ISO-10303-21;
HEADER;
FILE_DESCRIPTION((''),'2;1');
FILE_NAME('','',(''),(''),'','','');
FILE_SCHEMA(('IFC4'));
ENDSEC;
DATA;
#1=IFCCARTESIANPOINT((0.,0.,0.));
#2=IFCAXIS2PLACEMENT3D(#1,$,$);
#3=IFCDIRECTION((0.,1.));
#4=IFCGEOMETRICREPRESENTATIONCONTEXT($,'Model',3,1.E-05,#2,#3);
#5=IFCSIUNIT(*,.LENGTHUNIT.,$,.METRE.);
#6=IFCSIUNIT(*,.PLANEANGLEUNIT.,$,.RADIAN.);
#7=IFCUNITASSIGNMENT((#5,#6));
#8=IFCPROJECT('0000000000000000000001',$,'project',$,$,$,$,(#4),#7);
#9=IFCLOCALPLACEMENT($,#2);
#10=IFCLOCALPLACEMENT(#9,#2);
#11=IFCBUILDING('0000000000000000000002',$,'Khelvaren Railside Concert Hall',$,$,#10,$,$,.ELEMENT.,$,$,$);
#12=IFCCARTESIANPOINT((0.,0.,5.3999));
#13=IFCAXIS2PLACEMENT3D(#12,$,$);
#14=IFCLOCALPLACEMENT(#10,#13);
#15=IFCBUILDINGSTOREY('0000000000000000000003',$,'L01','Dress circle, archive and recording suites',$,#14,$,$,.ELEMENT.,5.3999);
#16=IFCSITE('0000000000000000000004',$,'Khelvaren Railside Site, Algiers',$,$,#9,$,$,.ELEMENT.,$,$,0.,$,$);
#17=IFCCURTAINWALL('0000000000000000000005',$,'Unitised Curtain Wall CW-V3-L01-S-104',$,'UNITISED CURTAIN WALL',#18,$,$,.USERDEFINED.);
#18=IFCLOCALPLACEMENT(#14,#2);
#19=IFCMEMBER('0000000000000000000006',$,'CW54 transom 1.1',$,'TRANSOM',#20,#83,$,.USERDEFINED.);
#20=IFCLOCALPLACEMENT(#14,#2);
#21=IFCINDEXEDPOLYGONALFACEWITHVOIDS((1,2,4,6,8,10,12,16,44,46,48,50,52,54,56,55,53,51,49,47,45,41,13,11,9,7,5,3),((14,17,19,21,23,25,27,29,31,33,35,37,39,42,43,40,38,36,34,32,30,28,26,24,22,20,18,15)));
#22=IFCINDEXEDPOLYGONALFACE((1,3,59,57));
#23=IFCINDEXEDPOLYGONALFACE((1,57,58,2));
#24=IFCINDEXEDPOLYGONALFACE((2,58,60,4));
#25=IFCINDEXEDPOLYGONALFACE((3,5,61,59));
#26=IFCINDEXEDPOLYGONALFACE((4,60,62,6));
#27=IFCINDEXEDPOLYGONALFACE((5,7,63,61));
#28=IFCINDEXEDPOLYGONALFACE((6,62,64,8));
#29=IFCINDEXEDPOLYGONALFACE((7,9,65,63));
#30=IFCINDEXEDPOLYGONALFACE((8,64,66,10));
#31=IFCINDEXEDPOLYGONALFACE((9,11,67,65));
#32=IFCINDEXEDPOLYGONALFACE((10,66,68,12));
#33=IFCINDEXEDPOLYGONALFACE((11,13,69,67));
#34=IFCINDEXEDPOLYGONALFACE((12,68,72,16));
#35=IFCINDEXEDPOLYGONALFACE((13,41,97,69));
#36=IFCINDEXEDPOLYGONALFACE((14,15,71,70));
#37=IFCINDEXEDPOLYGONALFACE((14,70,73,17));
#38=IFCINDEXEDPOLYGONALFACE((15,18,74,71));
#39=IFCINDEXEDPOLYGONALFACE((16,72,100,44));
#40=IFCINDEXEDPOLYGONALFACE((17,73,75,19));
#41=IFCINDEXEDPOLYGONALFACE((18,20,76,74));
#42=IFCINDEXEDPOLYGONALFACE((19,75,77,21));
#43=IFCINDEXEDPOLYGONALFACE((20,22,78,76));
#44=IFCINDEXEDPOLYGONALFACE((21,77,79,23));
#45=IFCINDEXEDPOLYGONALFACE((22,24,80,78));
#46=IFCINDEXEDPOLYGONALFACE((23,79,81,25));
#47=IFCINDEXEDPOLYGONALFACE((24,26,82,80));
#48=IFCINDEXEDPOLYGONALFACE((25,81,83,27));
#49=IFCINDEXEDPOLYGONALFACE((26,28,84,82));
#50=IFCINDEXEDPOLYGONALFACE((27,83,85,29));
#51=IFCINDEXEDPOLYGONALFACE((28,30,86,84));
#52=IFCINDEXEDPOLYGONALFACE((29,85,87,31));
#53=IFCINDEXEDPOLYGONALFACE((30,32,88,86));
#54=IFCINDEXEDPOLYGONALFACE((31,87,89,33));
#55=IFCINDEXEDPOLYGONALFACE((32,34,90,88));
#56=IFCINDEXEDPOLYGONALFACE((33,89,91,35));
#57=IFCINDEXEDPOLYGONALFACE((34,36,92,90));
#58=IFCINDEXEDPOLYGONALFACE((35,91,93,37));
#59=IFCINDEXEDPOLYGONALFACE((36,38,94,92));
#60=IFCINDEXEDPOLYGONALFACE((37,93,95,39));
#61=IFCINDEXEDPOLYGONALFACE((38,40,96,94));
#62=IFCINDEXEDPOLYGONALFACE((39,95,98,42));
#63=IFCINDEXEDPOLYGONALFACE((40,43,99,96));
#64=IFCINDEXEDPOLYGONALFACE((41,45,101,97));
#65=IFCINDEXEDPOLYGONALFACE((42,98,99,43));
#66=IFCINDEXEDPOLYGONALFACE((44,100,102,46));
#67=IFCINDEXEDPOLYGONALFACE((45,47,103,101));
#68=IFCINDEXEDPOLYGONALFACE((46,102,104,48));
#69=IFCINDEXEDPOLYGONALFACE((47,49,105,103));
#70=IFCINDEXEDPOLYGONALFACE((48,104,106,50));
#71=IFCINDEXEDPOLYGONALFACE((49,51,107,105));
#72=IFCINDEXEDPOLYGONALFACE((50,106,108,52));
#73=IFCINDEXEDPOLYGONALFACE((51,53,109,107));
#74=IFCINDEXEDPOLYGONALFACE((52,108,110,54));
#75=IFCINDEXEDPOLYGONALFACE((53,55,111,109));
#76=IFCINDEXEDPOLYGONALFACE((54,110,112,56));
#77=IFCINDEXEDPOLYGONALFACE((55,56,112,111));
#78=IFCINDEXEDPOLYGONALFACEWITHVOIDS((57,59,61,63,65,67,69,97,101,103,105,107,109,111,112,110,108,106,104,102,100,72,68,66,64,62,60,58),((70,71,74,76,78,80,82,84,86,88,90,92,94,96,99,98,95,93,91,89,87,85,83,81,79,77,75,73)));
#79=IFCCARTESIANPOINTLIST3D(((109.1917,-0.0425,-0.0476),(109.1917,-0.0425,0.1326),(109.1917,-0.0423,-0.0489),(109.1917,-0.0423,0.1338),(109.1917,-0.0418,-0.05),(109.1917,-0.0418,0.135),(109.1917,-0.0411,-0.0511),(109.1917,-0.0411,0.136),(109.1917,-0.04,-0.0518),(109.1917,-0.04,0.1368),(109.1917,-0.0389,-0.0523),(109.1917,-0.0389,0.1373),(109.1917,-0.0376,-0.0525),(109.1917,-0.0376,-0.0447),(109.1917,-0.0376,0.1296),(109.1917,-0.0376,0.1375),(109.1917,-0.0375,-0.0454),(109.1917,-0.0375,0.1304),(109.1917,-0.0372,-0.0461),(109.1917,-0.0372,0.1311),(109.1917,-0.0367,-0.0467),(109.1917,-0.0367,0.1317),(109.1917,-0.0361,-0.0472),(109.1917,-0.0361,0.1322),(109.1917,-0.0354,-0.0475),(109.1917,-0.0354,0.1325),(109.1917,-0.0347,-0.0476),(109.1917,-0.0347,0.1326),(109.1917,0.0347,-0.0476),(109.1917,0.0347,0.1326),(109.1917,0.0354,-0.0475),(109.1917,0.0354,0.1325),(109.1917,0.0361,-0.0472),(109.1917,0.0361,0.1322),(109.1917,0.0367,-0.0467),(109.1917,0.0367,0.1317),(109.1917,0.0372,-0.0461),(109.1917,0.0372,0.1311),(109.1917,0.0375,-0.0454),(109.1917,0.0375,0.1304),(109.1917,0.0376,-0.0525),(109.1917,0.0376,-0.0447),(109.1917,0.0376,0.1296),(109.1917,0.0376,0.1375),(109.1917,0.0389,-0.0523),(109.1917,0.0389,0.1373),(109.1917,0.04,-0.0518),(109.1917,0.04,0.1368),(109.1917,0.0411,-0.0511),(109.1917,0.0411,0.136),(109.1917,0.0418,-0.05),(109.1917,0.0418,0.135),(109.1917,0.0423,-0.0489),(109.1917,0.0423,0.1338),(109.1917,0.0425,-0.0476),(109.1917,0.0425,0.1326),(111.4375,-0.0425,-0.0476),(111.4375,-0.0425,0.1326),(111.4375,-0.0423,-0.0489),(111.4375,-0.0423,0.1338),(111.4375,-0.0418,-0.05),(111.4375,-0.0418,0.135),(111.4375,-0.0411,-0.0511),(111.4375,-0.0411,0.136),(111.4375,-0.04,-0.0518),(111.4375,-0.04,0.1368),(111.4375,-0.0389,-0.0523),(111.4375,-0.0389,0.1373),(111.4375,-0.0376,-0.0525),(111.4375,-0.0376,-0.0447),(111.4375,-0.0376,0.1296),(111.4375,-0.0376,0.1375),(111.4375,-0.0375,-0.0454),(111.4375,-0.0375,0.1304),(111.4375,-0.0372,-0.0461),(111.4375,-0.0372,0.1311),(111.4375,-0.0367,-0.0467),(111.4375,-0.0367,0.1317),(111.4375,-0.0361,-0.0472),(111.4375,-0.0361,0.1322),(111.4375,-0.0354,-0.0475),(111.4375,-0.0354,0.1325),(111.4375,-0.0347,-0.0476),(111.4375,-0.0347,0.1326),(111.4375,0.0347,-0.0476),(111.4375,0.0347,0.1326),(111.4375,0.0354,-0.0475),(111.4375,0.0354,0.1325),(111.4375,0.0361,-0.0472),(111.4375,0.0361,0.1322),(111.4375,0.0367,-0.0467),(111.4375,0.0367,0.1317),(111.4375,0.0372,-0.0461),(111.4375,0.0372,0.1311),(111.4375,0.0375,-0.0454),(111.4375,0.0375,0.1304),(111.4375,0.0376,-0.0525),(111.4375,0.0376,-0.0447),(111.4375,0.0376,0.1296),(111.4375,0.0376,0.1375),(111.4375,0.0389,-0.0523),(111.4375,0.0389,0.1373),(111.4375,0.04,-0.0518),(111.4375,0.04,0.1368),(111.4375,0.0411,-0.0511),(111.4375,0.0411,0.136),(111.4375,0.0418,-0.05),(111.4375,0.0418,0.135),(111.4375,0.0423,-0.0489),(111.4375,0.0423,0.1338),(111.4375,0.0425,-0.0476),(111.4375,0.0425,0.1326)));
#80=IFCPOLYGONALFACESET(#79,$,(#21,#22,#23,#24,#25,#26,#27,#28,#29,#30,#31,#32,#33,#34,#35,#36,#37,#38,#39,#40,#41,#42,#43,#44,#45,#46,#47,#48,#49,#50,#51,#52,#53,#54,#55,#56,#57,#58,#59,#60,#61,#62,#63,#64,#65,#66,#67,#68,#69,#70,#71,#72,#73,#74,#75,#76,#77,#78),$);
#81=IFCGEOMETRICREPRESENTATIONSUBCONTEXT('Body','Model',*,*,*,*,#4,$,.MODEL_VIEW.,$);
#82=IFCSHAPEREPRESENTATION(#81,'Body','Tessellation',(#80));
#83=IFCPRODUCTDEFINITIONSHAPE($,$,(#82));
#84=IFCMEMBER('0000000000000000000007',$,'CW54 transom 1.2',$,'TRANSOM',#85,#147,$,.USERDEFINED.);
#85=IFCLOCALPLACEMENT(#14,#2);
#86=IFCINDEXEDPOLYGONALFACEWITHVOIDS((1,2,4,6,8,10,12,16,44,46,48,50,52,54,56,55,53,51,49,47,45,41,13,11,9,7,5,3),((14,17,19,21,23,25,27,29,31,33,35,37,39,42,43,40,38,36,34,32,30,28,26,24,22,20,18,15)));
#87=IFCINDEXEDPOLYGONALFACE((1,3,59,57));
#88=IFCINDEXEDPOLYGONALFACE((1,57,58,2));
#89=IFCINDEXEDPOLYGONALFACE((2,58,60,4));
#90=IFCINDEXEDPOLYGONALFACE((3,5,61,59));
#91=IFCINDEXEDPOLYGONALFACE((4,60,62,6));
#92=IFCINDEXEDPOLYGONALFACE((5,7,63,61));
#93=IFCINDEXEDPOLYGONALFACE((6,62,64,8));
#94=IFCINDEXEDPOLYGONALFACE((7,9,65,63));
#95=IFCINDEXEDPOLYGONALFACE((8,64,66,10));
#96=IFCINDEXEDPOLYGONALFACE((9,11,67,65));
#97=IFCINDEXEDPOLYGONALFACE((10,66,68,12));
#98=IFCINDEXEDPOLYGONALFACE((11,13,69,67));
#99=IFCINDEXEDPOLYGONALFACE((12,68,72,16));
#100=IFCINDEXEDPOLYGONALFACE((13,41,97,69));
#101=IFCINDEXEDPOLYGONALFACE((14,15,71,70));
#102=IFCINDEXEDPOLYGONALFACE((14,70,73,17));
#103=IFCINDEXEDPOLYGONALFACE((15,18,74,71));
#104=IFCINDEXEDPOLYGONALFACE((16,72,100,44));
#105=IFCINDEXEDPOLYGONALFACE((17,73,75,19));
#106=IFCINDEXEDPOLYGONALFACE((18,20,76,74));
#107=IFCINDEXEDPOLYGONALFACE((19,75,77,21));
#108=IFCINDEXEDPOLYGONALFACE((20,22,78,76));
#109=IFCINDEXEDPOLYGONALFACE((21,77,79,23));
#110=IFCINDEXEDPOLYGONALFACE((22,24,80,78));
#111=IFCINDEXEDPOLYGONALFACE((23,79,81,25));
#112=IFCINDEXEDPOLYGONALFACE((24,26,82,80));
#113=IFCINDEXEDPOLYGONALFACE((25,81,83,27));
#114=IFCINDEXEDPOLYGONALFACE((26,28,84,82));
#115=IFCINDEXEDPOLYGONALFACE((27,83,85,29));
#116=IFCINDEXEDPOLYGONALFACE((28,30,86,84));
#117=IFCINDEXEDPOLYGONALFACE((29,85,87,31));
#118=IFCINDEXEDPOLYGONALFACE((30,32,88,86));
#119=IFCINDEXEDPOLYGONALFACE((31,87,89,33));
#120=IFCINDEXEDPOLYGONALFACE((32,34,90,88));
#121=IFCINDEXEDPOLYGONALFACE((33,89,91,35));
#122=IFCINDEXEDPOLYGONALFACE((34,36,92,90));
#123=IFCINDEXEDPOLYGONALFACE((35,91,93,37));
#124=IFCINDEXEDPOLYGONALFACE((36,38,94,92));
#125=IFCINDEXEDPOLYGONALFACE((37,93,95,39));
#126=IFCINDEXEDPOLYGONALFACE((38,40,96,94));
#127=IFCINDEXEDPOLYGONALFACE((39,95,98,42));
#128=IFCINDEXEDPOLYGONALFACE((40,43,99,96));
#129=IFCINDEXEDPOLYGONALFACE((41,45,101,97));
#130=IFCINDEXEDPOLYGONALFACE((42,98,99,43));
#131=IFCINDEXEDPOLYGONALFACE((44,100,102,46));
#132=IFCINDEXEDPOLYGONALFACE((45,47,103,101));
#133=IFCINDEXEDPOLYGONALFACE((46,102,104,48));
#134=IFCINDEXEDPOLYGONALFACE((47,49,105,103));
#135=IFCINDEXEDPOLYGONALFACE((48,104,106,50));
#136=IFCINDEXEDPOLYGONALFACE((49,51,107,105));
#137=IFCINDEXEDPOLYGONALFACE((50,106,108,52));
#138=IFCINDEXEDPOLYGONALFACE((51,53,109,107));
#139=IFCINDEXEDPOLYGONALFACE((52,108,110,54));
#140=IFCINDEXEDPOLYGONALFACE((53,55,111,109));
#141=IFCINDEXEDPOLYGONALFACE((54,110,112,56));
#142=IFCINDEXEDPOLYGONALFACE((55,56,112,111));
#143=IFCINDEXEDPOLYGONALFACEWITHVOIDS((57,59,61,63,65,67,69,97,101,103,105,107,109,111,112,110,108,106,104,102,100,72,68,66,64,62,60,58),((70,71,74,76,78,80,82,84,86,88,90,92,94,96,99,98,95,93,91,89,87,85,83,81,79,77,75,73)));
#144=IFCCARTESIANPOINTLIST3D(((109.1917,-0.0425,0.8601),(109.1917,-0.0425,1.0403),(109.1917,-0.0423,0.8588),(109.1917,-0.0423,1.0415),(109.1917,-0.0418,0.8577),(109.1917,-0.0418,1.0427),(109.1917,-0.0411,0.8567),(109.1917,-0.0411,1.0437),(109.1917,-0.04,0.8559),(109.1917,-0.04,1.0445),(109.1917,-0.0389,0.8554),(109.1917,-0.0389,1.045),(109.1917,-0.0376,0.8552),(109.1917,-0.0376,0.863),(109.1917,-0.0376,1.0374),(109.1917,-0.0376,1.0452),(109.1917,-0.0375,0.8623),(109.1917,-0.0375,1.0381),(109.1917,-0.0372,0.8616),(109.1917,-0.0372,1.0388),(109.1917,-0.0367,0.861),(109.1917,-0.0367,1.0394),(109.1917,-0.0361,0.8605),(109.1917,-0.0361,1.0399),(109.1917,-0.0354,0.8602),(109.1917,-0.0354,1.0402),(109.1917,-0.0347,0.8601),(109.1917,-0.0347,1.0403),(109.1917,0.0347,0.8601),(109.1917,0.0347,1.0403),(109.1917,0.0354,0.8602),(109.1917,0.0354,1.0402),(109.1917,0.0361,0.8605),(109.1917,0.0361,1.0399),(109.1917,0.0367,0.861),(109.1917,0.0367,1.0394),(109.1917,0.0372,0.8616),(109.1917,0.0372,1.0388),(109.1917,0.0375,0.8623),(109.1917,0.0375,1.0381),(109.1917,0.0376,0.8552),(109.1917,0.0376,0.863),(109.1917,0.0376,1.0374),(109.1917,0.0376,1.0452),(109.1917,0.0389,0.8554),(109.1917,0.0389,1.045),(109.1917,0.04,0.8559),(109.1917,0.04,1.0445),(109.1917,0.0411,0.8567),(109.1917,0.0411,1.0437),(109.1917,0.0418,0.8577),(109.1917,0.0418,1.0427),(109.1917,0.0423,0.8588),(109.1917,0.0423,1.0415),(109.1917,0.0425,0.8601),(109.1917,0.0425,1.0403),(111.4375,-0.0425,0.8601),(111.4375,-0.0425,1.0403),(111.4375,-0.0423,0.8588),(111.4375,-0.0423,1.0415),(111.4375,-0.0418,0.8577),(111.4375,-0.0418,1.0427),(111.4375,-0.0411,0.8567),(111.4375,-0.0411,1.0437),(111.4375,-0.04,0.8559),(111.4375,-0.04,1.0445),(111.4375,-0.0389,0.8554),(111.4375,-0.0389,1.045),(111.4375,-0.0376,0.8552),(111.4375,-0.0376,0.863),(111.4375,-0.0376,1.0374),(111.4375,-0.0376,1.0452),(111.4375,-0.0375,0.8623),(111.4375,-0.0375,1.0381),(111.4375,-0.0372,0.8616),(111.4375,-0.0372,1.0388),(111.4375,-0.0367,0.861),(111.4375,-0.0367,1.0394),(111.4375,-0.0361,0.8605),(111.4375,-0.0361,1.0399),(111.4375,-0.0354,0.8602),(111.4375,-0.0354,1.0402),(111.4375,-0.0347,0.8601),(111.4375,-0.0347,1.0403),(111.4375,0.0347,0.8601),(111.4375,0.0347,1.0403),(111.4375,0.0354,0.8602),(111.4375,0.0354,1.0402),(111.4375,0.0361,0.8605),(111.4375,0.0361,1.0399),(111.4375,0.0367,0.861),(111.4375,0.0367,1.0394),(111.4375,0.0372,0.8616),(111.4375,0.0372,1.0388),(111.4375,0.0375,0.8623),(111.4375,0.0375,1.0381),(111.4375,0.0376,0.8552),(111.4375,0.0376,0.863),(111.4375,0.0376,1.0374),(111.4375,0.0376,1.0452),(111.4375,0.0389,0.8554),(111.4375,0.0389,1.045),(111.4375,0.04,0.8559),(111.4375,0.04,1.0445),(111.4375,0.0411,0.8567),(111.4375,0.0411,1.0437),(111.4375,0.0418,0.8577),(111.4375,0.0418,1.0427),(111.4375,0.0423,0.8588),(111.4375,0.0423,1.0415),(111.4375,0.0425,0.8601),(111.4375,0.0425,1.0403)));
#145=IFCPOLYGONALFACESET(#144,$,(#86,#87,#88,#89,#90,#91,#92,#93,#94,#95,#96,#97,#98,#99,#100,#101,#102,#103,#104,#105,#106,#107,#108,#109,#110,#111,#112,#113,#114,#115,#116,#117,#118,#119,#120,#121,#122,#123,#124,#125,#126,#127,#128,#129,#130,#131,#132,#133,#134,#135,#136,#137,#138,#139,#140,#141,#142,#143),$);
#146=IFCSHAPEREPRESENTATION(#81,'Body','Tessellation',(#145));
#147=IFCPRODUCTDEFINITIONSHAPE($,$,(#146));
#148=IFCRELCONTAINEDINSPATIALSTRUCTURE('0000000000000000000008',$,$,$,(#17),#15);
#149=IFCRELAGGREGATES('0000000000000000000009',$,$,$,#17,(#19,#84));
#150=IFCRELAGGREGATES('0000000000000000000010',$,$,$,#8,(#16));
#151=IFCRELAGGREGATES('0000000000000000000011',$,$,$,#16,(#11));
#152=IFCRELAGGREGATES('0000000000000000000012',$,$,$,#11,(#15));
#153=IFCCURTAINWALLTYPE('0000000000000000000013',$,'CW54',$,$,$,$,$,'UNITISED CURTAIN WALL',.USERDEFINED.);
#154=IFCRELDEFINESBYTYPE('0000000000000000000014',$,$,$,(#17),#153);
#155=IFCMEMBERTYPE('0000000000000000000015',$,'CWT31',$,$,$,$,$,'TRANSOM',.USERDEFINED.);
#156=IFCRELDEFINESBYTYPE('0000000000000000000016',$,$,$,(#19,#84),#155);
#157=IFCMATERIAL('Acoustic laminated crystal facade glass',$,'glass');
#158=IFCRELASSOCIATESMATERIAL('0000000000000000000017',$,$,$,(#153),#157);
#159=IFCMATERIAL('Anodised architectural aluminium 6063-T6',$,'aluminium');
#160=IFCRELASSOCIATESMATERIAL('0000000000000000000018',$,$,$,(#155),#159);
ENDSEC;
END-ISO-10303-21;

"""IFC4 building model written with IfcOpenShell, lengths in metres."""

from ifc_helpers import new_model, si_unit, direction, frame, origin, origin_2d, place, context, subcontext, project, spatial, hollow_rectangle, extrude, material, material_profile, profile_set, type_object, element, aggregate, save


model = new_model("IFC4")

# Units and contexts
model_context = context("Model", 3, precision=1e-05, world=origin(), true_north=direction((0.0, 1.0)))
body_context = subcontext(model_context, "Body", "Model", "MODEL_VIEW")
ifc_project = project(units=[si_unit("LENGTHUNIT", "METRE"), si_unit("PLANEANGLEUNIT", "RADIAN")], contexts=[model_context])

# Site, building, storey
site_placement = place(None, origin())
site = spatial("IfcSite", under=ifc_project, at=site_placement, Name="Khelvaren Railside Site, Algiers", CompositionType="ELEMENT", RefElevation=0.0)
building_placement = place(site_placement, origin())
building = spatial("IfcBuilding", under=site, at=building_placement, Name="Khelvaren Railside Concert Hall", CompositionType="ELEMENT")
storey_placement = place(building_placement, frame((0.0, 0.0, 5.3999)))
storey = spatial("IfcBuildingStorey", under=building, at=storey_placement, Name="L01", Description="Dress circle, archive and recording suites", CompositionType="ELEMENT", Elevation=5.3999)

# Curtain wall, members
ifc_material_1 = material(Name="Acoustic laminated crystal facade glass", Category="glass")
curtain_wall_type = type_object("IfcCurtainWallType", Name="CW54", ElementType="UNITISED CURTAIN WALL", PredefinedType="USERDEFINED", material=ifc_material_1)
curtain_wall_placement = place(storey_placement, origin())
curtain_wall = element("IfcCurtainWall", 1, at=curtain_wall_placement, inside=storey, type_object=curtain_wall_type, Name="Unitised Curtain Wall CW-V3-L01-S-104", ObjectType="UNITISED CURTAIN WALL", PredefinedType="USERDEFINED")
ifc_material_2 = material(Name="Anodised architectural aluminium 6063-T6", Category="aluminium")
ifc_material_profile_1 = material_profile(ifc_material_2, hollow_rectangle(XDim=0.085, YDim=0.1899, WallThickness=0.0049, InnerFilletRadius=0.0029, OuterFilletRadius=0.0049, at=origin_2d()), Name="CWT 85x190x5")
ifc_profile_set_1 = profile_set([ifc_material_profile_1], Name="Anodised architectural aluminium 6063-T6")
member_type_1 = type_object("IfcMemberType", Name="CWT31", ElementType="TRANSOM", PredefinedType="USERDEFINED", material=ifc_profile_set_1)
member_1_placement = place(storey_placement, frame((111.4375, 0.0, 0.0425), z_axis=(-1.0, 0.0, 0.0), x_axis=(0.0, -1.0, 0.0)))
member_1 = element("IfcMember", 2, at=member_1_placement, type_object=member_type_1, Name="CW54 transom 1.1", ObjectType="TRANSOM", PredefinedType="USERDEFINED", context=body_context, shape_type="SweptSolid", body=[
    extrude(hollow_rectangle(XDim=0.085, YDim=0.1899, WallThickness=0.0049, InnerFilletRadius=0.0029, OuterFilletRadius=0.0049, at=origin_2d()), origin(), (0.0, 0.0, 1.0), 2.2458),
])
member_2_placement = place(storey_placement, frame((111.4375, 0.0, 0.9502), z_axis=(-1.0, 0.0, 0.0), x_axis=(0.0, -1.0, 0.0)))
member_2 = element("IfcMember", 3, at=member_2_placement, type_object=member_type_1, Name="CW54 transom 1.2", ObjectType="TRANSOM", PredefinedType="USERDEFINED", context=body_context, shape_type="SweptSolid", body=[
    extrude(hollow_rectangle(XDim=0.085, YDim=0.1899, WallThickness=0.0049, InnerFilletRadius=0.0029, OuterFilletRadius=0.0049, at=origin_2d()), origin(), (0.0, 0.0, 1.0), 2.2458),
])

aggregate(curtain_wall, [member_1, member_2])

save(model, "model.ifc")
